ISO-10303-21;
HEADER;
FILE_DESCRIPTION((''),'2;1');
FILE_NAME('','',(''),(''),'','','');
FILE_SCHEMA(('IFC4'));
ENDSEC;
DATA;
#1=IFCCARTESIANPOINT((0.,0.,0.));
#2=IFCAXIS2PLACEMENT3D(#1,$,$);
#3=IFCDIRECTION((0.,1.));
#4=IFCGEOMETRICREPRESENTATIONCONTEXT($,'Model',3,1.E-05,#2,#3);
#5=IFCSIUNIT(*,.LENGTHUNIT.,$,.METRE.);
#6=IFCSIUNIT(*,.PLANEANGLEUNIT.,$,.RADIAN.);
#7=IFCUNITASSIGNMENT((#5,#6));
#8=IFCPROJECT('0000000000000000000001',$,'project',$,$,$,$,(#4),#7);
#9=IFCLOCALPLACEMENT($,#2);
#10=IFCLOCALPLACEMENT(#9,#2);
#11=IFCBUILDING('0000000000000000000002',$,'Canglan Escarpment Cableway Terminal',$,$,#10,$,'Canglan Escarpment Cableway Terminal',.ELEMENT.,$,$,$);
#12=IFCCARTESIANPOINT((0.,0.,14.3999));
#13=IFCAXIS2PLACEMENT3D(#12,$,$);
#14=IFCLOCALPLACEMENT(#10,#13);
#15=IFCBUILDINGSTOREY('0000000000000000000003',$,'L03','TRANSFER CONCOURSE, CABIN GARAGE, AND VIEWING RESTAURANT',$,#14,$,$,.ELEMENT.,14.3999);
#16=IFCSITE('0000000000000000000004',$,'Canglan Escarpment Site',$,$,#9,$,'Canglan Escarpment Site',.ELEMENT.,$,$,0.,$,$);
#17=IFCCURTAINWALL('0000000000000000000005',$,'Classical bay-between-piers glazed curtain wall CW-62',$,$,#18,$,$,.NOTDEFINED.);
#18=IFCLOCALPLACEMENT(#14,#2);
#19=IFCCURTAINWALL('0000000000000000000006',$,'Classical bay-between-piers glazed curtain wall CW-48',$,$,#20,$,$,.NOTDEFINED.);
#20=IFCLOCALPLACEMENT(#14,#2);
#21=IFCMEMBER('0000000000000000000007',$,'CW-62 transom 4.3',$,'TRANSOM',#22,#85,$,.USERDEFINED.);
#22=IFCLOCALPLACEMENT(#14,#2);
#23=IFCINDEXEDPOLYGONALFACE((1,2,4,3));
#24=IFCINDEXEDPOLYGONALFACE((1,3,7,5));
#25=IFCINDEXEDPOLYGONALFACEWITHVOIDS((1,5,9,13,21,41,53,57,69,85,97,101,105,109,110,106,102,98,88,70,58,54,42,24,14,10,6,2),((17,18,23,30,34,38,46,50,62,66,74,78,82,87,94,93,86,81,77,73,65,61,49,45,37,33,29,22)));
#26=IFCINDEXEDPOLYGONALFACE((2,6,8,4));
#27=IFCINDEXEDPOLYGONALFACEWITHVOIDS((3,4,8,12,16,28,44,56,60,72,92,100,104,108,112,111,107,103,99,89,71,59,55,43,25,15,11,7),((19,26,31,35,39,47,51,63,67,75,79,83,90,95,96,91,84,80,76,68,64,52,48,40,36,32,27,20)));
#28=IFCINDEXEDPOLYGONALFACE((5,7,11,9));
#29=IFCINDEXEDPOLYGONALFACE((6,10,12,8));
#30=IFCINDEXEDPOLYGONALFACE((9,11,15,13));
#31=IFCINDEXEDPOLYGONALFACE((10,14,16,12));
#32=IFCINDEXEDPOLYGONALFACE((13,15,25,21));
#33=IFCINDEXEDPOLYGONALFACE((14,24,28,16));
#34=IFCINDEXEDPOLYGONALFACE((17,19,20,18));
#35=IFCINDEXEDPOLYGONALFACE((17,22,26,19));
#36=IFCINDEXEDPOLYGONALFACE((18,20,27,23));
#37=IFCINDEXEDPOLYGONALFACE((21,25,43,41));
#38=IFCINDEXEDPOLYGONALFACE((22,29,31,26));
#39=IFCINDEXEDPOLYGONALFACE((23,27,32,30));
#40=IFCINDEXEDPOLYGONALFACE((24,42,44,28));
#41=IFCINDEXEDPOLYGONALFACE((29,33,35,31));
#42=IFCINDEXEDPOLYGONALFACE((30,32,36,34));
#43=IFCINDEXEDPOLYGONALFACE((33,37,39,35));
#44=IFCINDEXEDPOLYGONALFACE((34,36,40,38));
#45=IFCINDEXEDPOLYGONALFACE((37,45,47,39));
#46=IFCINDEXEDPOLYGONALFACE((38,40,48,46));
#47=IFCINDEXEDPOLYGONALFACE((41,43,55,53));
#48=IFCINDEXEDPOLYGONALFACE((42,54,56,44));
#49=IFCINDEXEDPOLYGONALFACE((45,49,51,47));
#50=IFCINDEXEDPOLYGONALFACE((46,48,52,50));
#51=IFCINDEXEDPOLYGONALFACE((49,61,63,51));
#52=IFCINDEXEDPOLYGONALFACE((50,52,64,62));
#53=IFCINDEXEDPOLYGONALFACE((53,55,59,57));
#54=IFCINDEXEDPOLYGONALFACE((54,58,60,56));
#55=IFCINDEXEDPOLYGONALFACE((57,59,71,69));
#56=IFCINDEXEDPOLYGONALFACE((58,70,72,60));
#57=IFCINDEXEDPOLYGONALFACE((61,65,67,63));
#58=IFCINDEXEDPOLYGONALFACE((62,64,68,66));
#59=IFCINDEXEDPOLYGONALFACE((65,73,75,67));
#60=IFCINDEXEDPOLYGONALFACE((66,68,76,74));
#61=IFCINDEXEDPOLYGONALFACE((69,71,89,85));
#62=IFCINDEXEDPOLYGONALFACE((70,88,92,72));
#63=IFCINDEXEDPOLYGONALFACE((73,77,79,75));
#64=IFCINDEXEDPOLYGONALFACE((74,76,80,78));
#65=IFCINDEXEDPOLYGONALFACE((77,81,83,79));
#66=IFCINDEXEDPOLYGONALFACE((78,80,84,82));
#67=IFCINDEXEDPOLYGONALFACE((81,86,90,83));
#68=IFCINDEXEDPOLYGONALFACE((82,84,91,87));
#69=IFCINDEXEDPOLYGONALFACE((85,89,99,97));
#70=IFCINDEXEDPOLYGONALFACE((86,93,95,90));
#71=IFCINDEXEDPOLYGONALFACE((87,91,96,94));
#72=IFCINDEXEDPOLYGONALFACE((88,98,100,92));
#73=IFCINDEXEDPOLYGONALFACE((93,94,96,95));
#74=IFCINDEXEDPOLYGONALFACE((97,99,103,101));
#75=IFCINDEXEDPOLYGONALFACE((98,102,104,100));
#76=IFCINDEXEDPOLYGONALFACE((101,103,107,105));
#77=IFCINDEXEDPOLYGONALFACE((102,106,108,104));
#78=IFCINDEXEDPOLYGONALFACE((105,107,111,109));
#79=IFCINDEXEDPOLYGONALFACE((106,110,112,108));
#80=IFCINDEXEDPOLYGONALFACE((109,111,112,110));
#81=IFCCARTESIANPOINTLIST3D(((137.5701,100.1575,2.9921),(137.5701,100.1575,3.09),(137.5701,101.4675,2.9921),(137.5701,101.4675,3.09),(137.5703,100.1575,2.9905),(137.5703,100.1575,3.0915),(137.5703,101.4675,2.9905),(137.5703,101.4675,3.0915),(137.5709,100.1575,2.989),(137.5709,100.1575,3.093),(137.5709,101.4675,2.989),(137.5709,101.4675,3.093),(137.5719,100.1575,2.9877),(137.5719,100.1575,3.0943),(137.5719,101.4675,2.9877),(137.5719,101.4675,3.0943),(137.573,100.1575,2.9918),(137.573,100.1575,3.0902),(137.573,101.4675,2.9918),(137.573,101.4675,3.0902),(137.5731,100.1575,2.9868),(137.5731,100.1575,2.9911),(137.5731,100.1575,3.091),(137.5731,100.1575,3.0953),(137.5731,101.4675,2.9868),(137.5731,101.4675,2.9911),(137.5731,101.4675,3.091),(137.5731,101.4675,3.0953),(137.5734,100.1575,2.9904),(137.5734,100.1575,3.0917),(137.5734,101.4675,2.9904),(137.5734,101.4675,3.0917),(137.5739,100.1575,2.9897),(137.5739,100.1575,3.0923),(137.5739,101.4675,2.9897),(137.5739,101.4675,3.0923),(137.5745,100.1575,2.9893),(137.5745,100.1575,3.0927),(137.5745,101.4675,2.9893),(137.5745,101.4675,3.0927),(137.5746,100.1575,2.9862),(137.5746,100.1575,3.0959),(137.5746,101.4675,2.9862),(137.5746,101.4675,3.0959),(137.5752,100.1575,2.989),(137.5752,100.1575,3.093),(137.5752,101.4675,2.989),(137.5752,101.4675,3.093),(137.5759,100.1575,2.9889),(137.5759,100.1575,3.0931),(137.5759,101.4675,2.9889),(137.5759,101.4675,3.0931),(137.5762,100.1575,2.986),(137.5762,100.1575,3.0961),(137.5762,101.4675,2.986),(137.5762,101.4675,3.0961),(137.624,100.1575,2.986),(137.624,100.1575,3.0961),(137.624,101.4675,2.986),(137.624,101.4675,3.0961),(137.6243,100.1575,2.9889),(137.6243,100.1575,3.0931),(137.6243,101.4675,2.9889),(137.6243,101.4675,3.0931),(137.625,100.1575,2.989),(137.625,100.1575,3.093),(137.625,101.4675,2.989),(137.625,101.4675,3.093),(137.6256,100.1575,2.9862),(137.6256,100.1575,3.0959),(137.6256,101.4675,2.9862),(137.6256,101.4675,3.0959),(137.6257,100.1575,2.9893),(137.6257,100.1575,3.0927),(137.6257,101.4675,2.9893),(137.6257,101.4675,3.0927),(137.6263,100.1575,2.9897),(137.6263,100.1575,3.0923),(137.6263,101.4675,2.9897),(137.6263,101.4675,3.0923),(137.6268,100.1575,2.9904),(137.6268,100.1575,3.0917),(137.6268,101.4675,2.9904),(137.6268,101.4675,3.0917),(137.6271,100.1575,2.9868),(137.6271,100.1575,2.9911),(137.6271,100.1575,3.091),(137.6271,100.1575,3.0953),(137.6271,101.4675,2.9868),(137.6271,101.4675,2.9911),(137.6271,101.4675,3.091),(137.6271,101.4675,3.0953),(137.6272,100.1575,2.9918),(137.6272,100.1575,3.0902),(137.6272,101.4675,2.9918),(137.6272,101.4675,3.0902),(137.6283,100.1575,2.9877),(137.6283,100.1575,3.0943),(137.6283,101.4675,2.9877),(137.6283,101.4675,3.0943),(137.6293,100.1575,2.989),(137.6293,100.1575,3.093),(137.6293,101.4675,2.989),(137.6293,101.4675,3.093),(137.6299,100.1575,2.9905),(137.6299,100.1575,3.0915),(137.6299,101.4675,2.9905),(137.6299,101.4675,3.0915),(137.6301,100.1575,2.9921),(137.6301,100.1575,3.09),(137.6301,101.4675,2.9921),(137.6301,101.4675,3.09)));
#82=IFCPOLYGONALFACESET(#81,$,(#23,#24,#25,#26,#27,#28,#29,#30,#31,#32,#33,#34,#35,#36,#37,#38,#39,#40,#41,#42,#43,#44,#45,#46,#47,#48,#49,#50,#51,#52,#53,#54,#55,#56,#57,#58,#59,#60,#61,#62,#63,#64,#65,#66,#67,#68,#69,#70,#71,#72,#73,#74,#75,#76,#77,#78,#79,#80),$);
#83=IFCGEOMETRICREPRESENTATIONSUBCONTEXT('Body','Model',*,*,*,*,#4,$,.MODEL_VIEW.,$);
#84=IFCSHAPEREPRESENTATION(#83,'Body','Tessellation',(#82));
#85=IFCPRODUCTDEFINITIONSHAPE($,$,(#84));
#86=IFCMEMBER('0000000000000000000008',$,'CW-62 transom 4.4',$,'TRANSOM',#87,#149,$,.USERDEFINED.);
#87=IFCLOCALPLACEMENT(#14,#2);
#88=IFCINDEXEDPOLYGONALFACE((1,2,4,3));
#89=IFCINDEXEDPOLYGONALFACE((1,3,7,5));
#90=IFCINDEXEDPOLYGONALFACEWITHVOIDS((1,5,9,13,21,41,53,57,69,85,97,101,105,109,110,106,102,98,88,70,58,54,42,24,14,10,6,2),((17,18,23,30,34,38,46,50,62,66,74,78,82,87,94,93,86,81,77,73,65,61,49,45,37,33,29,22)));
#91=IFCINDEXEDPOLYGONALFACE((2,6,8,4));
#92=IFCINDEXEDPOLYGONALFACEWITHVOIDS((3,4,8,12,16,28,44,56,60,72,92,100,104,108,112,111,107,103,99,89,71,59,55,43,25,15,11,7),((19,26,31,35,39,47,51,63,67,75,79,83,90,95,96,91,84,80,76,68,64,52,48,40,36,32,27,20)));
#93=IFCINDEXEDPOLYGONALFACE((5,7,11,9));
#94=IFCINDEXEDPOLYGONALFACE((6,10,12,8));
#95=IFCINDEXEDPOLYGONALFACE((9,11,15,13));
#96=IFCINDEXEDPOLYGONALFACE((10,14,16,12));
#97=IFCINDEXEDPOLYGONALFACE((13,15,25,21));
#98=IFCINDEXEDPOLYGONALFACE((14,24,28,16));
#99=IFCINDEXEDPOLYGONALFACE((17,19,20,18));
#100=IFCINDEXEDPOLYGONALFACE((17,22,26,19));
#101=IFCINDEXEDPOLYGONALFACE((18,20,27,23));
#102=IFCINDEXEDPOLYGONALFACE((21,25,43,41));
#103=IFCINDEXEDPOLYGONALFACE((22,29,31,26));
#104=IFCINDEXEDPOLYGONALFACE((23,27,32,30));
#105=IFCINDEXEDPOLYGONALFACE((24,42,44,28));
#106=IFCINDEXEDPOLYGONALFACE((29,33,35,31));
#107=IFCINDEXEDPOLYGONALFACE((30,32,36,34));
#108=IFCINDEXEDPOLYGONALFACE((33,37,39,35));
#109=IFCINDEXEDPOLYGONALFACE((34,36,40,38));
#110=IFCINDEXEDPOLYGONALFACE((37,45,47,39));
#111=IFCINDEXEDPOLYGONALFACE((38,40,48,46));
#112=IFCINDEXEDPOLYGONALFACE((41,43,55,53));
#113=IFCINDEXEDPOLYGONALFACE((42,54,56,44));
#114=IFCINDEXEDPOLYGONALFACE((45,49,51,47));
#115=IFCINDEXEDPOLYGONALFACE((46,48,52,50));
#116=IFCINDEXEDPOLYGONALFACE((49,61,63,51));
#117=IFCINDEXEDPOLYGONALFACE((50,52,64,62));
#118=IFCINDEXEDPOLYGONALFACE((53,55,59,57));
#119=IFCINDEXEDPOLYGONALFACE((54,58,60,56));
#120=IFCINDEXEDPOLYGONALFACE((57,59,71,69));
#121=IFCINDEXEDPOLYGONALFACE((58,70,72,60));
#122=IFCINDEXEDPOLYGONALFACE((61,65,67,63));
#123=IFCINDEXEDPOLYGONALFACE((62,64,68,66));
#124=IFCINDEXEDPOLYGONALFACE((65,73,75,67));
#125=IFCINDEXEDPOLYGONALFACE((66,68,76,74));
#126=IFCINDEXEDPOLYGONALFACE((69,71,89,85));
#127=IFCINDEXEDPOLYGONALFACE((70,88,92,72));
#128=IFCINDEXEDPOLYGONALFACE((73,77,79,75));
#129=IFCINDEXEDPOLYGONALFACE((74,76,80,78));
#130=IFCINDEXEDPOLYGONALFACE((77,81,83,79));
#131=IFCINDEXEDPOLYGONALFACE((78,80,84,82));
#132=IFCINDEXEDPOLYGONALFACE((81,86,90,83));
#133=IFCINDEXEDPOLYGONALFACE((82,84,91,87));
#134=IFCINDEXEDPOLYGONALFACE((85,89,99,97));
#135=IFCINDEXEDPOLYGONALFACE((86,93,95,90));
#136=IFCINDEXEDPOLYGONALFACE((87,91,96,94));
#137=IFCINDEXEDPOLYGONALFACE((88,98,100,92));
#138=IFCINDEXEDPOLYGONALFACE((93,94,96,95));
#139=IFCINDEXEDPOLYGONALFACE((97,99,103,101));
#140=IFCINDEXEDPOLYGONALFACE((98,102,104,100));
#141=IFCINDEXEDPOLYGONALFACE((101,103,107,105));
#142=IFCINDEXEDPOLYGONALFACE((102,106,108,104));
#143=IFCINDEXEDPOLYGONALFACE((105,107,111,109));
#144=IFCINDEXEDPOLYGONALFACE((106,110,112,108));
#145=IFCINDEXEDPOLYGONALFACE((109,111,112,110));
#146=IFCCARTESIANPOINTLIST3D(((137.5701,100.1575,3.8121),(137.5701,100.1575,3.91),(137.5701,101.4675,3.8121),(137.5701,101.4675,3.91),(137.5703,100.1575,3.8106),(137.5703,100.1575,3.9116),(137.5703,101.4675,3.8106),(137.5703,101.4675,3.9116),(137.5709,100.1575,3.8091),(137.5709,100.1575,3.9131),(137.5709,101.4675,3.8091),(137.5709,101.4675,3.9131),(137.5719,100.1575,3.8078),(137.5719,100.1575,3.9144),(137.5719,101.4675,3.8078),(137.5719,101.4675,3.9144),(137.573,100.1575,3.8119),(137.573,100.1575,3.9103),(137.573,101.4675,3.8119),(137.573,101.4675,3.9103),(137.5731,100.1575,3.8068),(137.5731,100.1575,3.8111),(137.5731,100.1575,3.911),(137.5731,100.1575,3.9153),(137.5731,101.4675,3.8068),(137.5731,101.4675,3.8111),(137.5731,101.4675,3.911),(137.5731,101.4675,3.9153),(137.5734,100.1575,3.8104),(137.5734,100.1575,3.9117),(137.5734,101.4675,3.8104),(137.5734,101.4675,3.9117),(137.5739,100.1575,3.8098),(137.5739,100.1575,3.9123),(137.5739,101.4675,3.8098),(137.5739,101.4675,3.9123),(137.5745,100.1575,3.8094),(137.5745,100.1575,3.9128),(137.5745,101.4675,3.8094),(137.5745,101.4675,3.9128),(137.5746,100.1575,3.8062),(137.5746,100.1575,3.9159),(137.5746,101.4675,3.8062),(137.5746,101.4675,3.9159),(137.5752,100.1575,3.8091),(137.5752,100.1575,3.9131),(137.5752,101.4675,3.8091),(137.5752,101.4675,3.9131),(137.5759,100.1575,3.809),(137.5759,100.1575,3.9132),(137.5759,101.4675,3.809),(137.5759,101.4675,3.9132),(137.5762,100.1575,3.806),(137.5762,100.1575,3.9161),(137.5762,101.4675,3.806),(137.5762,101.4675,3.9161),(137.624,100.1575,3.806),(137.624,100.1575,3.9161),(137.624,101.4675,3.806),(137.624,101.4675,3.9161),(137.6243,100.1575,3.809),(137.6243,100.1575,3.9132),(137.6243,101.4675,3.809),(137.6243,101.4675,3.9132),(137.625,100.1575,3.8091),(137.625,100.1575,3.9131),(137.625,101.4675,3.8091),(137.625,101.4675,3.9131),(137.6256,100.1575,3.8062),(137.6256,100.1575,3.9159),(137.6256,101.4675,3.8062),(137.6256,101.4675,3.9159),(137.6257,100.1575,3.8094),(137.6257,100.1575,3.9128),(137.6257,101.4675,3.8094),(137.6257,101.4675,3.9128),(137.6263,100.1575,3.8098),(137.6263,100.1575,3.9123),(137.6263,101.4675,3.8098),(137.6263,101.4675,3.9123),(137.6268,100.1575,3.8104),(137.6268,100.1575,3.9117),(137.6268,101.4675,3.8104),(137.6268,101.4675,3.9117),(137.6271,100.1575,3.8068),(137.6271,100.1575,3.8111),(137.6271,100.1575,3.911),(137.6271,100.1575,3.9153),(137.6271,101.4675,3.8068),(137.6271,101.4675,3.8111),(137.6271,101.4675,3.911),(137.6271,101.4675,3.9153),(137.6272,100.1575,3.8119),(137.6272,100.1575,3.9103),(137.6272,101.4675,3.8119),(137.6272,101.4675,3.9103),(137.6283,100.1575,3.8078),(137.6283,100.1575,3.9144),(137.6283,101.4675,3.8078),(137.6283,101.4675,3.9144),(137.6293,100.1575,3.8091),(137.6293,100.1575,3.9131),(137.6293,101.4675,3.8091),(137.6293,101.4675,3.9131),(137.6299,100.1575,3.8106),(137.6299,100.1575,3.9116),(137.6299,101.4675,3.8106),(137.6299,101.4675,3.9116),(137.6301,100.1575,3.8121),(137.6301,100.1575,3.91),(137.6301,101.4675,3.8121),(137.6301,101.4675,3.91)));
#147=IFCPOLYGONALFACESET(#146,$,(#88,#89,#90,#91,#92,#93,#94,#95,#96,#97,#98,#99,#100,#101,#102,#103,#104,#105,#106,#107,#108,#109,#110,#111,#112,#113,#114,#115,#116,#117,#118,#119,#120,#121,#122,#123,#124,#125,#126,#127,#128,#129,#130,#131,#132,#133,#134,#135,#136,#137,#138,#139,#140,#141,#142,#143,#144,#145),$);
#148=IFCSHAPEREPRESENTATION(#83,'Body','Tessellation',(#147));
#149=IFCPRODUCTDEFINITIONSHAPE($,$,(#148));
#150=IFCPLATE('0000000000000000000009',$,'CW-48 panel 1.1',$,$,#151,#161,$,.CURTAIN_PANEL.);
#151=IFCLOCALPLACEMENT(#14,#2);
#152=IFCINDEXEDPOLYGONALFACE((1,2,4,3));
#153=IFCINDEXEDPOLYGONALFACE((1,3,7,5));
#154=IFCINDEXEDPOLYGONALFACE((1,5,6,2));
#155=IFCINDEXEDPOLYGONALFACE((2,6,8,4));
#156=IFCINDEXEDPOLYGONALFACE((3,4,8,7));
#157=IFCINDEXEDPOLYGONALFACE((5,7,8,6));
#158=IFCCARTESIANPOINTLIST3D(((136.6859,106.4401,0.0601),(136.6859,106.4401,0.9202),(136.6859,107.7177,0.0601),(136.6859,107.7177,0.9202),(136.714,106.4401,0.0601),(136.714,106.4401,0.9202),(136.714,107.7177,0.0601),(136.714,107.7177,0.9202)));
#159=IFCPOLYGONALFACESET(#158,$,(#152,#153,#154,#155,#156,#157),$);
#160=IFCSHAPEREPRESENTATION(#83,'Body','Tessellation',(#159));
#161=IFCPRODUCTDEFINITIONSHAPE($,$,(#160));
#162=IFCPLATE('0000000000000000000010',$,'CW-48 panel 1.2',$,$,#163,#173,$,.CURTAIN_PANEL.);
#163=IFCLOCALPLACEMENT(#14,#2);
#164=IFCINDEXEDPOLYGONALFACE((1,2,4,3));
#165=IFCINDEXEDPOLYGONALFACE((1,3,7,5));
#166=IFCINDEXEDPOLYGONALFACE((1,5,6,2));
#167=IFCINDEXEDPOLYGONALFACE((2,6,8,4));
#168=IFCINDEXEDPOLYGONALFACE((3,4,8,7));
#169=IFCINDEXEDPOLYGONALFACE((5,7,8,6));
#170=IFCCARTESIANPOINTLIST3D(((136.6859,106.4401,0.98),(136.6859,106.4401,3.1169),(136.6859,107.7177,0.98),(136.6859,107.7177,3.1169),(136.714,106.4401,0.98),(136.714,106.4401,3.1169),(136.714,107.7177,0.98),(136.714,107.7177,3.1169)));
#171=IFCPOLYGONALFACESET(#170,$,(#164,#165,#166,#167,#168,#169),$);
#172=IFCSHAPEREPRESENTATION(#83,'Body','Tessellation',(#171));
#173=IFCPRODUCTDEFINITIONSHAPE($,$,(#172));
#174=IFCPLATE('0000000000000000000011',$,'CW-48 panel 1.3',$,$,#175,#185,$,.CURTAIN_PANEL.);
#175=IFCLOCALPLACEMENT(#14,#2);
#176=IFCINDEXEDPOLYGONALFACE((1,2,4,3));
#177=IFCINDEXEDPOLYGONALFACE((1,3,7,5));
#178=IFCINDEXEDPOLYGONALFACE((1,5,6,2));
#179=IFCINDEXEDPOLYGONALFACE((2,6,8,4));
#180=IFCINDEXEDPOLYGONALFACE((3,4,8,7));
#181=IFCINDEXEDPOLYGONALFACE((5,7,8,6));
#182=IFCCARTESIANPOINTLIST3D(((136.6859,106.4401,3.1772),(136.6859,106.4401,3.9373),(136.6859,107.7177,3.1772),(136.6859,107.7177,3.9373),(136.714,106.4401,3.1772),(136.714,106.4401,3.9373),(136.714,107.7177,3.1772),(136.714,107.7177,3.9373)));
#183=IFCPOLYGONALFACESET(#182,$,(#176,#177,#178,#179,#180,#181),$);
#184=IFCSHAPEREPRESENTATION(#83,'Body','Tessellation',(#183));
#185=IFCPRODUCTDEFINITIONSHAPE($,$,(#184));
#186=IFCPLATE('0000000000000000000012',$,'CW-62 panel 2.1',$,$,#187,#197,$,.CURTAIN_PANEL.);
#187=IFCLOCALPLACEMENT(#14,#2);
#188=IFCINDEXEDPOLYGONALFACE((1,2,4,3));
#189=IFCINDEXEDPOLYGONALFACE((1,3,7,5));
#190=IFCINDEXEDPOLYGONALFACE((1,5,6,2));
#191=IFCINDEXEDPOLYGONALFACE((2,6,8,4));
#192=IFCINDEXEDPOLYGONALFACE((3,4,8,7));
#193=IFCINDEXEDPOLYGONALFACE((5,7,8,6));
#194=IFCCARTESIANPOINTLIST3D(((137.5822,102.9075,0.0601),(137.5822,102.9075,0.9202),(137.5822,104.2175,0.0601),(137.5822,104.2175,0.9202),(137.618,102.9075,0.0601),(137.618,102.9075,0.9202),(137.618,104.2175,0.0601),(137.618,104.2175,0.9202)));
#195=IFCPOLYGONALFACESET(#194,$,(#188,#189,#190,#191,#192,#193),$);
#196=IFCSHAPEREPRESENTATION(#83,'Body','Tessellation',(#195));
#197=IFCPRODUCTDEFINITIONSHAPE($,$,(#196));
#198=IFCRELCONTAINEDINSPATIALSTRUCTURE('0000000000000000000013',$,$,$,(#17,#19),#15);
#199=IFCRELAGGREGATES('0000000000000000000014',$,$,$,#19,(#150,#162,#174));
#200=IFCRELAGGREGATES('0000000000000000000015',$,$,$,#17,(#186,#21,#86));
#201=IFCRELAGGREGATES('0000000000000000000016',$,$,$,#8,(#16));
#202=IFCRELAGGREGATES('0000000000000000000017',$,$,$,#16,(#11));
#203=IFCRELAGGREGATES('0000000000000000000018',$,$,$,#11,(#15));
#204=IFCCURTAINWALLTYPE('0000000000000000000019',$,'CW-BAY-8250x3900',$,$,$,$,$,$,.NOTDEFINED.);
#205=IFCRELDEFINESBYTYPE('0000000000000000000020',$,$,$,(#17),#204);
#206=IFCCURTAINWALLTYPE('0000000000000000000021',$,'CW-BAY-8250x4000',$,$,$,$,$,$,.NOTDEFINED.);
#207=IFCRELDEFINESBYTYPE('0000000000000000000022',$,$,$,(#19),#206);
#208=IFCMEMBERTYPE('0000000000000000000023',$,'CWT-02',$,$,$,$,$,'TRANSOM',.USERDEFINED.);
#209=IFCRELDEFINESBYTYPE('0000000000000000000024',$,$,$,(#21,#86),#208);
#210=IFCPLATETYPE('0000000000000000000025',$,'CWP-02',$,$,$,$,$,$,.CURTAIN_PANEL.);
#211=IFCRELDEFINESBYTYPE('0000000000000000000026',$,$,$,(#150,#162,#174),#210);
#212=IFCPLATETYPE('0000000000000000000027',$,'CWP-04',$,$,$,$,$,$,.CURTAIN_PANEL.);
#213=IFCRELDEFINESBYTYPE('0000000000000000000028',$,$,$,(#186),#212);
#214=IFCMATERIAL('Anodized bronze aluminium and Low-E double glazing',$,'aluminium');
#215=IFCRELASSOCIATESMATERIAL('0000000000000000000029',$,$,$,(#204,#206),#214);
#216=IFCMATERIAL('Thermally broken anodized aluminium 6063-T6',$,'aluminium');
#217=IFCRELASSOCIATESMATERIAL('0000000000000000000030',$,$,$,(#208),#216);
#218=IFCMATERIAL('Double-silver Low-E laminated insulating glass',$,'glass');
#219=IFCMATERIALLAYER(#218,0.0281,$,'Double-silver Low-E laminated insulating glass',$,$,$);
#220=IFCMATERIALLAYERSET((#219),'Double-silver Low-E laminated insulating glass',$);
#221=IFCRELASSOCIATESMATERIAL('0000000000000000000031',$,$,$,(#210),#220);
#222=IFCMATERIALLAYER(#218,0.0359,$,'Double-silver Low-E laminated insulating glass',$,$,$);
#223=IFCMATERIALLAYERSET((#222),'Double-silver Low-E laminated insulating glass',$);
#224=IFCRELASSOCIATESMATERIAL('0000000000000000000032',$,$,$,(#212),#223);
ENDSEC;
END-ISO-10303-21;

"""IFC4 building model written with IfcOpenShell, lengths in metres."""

from ifc_helpers import new_model, si_unit, direction, frame, origin, origin_2d, place, context, subcontext, project, spatial, rectangle, hollow_rectangle, extrude, material, layer, layer_set, material_profile, profile_set, type_object, element, aggregate, save


model = new_model("IFC4")

# Units and contexts
model_context = context("Model", 3, precision=1e-05, world=origin(), true_north=direction((0.0, 1.0)))
body_context = subcontext(model_context, "Body", "Model", "MODEL_VIEW")
ifc_project = project(units=[si_unit("LENGTHUNIT", "METRE"), si_unit("PLANEANGLEUNIT", "RADIAN")], contexts=[model_context])

# Site, building, storey
site_placement = place(None, origin())
site = spatial("IfcSite", under=ifc_project, at=site_placement, Name="Canglan Escarpment Site", LongName="Canglan Escarpment Site", CompositionType="ELEMENT", RefElevation=0.0)
building_placement = place(site_placement, origin())
building = spatial("IfcBuilding", under=site, at=building_placement, Name="Canglan Escarpment Cableway Terminal", LongName="Canglan Escarpment Cableway Terminal", CompositionType="ELEMENT")
storey_placement = place(building_placement, frame((0.0, 0.0, 14.3999)))
storey = spatial("IfcBuildingStorey", under=building, at=storey_placement, Name="L03", Description="TRANSFER CONCOURSE, CABIN GARAGE, AND VIEWING RESTAURANT", CompositionType="ELEMENT", Elevation=14.3999)

# Curtain walls
ifc_material_1 = material(Name="Anodized bronze aluminium and Low-E double glazing", Category="aluminium")
curtain_wall_type_1 = type_object("IfcCurtainWallType", Name="CW-BAY-8250x3900", PredefinedType="NOTDEFINED", material=ifc_material_1)
curtain_wall_1_placement = place(storey_placement, origin())
curtain_wall_1 = element("IfcCurtainWall", 1, at=curtain_wall_1_placement, inside=storey, type_object=curtain_wall_type_1, Name="Classical bay-between-piers glazed curtain wall CW-62", PredefinedType="NOTDEFINED")
ifc_material_2 = material(Name="Thermally broken anodized aluminium 6063-T6", Category="aluminium")
curtain_wall_type_2 = type_object("IfcCurtainWallType", Name="CW-BAY-8250x4000", PredefinedType="NOTDEFINED", material=ifc_material_1)
curtain_wall_2_placement = place(storey_placement, origin())
curtain_wall_2 = element("IfcCurtainWall", 2, at=curtain_wall_2_placement, inside=storey, type_object=curtain_wall_type_2, Name="Classical bay-between-piers glazed curtain wall CW-48", PredefinedType="NOTDEFINED")
ifc_material_profile_1 = material_profile(ifc_material_2, hollow_rectangle(XDim=0.0601, YDim=0.1101, WallThickness=0.0029, InnerFilletRadius=0.0029, OuterFilletRadius=0.0061, at=origin_2d()), Name="ALU-TRAN 60x110x3")
ifc_profile_set_1 = profile_set([ifc_material_profile_1], Name="Thermally broken anodized aluminium 6063-T6")
member_type_1 = type_object("IfcMemberType", Name="CWT-02", ElementType="TRANSOM", PredefinedType="USERDEFINED", material=ifc_profile_set_1)

# Members
member_1_placement = place(storey_placement, frame((137.6001, 101.4675, 3.041), z_axis=(0.0, -1.0, 0.0), x_axis=(1.0, 0.0, 0.0)))
member_1 = element("IfcMember", 3, at=member_1_placement, type_object=member_type_1, Name="CW-62 transom 4.3", ObjectType="TRANSOM", PredefinedType="USERDEFINED", context=body_context, shape_type="SweptSolid", body=[
    extrude(hollow_rectangle(XDim=0.0601, YDim=0.1101, WallThickness=0.0029, InnerFilletRadius=0.0029, OuterFilletRadius=0.0061, at=origin_2d()), origin(), (0.0, 0.0, 1.0), 1.3101),
])
member_2_placement = place(storey_placement, frame((137.6001, 101.4675, 3.8611), z_axis=(0.0, -1.0, 0.0), x_axis=(1.0, 0.0, 0.0)))
member_2 = element("IfcMember", 4, at=member_2_placement, type_object=member_type_1, Name="CW-62 transom 4.4", ObjectType="TRANSOM", PredefinedType="USERDEFINED", context=body_context, shape_type="SweptSolid", body=[
    extrude(hollow_rectangle(XDim=0.0601, YDim=0.1101, WallThickness=0.0029, InnerFilletRadius=0.0029, OuterFilletRadius=0.0061, at=origin_2d()), origin(), (0.0, 0.0, 1.0), 1.3101),
])

# Plates
ifc_material_3 = material(Name="Double-silver Low-E laminated insulating glass", Category="glass")
ifc_layer_1 = layer(ifc_material_3, 0.0281, Name="Double-silver Low-E laminated insulating glass")
ifc_layer_set_1 = layer_set([ifc_layer_1], Name="Double-silver Low-E laminated insulating glass")
plate_type_1 = type_object("IfcPlateType", Name="CWP-02", PredefinedType="CURTAIN_PANEL", material=ifc_layer_set_1)
plate_1_placement = place(storey_placement, frame((136.7, 107.0789, 0.0601), z_axis=(0.0, 0.0, 1.0), x_axis=(0.0, 1.0, 0.0)))
plate_1 = element("IfcPlate", 5, at=plate_1_placement, type_object=plate_type_1, Name="CW-48 panel 1.1", PredefinedType="CURTAIN_PANEL", context=body_context, shape_type="SweptSolid", body=[
    extrude(rectangle(XDim=1.2776, YDim=0.0281, at=origin_2d()), origin(), (0.0, 0.0, 1.0), 0.8601),
])
plate_2_placement = place(storey_placement, frame((136.7, 107.0789, 0.98), z_axis=(0.0, 0.0, 1.0), x_axis=(0.0, 1.0, 0.0)))
plate_2 = element("IfcPlate", 6, at=plate_2_placement, type_object=plate_type_1, Name="CW-48 panel 1.2", PredefinedType="CURTAIN_PANEL", context=body_context, shape_type="SweptSolid", body=[
    extrude(rectangle(XDim=1.2776, YDim=0.0281, at=origin_2d()), origin(), (0.0, 0.0, 1.0), 2.137),
])
plate_3_placement = place(storey_placement, frame((136.7, 107.0789, 3.1772), z_axis=(0.0, 0.0, 1.0), x_axis=(0.0, 1.0, 0.0)))
plate_3 = element("IfcPlate", 7, at=plate_3_placement, type_object=plate_type_1, Name="CW-48 panel 1.3", PredefinedType="CURTAIN_PANEL", context=body_context, shape_type="SweptSolid", body=[
    extrude(rectangle(XDim=1.2776, YDim=0.0281, at=origin_2d()), origin(), (0.0, 0.0, 1.0), 0.76),
])
aggregate(curtain_wall_2, [plate_1, plate_2, plate_3])
ifc_layer_2 = layer(ifc_material_3, 0.0359, Name="Double-silver Low-E laminated insulating glass")
ifc_layer_set_2 = layer_set([ifc_layer_2], Name="Double-silver Low-E laminated insulating glass")
plate_type_2 = type_object("IfcPlateType", Name="CWP-04", PredefinedType="CURTAIN_PANEL", material=ifc_layer_set_2)
plate_4_placement = place(storey_placement, frame((137.6001, 103.5625, 0.0601), z_axis=(0.0, 0.0, 1.0), x_axis=(0.0, -1.0, 0.0)))
plate_4 = element("IfcPlate", 8, at=plate_4_placement, type_object=plate_type_2, Name="CW-62 panel 2.1", PredefinedType="CURTAIN_PANEL", context=body_context, shape_type="SweptSolid", body=[
    extrude(rectangle(XDim=1.3101, YDim=0.0359, at=origin_2d()), origin(), (0.0, 0.0, 1.0), 0.8601),
])
aggregate(curtain_wall_1, [plate_4, member_1, member_2])

save(model, "model.ifc")
